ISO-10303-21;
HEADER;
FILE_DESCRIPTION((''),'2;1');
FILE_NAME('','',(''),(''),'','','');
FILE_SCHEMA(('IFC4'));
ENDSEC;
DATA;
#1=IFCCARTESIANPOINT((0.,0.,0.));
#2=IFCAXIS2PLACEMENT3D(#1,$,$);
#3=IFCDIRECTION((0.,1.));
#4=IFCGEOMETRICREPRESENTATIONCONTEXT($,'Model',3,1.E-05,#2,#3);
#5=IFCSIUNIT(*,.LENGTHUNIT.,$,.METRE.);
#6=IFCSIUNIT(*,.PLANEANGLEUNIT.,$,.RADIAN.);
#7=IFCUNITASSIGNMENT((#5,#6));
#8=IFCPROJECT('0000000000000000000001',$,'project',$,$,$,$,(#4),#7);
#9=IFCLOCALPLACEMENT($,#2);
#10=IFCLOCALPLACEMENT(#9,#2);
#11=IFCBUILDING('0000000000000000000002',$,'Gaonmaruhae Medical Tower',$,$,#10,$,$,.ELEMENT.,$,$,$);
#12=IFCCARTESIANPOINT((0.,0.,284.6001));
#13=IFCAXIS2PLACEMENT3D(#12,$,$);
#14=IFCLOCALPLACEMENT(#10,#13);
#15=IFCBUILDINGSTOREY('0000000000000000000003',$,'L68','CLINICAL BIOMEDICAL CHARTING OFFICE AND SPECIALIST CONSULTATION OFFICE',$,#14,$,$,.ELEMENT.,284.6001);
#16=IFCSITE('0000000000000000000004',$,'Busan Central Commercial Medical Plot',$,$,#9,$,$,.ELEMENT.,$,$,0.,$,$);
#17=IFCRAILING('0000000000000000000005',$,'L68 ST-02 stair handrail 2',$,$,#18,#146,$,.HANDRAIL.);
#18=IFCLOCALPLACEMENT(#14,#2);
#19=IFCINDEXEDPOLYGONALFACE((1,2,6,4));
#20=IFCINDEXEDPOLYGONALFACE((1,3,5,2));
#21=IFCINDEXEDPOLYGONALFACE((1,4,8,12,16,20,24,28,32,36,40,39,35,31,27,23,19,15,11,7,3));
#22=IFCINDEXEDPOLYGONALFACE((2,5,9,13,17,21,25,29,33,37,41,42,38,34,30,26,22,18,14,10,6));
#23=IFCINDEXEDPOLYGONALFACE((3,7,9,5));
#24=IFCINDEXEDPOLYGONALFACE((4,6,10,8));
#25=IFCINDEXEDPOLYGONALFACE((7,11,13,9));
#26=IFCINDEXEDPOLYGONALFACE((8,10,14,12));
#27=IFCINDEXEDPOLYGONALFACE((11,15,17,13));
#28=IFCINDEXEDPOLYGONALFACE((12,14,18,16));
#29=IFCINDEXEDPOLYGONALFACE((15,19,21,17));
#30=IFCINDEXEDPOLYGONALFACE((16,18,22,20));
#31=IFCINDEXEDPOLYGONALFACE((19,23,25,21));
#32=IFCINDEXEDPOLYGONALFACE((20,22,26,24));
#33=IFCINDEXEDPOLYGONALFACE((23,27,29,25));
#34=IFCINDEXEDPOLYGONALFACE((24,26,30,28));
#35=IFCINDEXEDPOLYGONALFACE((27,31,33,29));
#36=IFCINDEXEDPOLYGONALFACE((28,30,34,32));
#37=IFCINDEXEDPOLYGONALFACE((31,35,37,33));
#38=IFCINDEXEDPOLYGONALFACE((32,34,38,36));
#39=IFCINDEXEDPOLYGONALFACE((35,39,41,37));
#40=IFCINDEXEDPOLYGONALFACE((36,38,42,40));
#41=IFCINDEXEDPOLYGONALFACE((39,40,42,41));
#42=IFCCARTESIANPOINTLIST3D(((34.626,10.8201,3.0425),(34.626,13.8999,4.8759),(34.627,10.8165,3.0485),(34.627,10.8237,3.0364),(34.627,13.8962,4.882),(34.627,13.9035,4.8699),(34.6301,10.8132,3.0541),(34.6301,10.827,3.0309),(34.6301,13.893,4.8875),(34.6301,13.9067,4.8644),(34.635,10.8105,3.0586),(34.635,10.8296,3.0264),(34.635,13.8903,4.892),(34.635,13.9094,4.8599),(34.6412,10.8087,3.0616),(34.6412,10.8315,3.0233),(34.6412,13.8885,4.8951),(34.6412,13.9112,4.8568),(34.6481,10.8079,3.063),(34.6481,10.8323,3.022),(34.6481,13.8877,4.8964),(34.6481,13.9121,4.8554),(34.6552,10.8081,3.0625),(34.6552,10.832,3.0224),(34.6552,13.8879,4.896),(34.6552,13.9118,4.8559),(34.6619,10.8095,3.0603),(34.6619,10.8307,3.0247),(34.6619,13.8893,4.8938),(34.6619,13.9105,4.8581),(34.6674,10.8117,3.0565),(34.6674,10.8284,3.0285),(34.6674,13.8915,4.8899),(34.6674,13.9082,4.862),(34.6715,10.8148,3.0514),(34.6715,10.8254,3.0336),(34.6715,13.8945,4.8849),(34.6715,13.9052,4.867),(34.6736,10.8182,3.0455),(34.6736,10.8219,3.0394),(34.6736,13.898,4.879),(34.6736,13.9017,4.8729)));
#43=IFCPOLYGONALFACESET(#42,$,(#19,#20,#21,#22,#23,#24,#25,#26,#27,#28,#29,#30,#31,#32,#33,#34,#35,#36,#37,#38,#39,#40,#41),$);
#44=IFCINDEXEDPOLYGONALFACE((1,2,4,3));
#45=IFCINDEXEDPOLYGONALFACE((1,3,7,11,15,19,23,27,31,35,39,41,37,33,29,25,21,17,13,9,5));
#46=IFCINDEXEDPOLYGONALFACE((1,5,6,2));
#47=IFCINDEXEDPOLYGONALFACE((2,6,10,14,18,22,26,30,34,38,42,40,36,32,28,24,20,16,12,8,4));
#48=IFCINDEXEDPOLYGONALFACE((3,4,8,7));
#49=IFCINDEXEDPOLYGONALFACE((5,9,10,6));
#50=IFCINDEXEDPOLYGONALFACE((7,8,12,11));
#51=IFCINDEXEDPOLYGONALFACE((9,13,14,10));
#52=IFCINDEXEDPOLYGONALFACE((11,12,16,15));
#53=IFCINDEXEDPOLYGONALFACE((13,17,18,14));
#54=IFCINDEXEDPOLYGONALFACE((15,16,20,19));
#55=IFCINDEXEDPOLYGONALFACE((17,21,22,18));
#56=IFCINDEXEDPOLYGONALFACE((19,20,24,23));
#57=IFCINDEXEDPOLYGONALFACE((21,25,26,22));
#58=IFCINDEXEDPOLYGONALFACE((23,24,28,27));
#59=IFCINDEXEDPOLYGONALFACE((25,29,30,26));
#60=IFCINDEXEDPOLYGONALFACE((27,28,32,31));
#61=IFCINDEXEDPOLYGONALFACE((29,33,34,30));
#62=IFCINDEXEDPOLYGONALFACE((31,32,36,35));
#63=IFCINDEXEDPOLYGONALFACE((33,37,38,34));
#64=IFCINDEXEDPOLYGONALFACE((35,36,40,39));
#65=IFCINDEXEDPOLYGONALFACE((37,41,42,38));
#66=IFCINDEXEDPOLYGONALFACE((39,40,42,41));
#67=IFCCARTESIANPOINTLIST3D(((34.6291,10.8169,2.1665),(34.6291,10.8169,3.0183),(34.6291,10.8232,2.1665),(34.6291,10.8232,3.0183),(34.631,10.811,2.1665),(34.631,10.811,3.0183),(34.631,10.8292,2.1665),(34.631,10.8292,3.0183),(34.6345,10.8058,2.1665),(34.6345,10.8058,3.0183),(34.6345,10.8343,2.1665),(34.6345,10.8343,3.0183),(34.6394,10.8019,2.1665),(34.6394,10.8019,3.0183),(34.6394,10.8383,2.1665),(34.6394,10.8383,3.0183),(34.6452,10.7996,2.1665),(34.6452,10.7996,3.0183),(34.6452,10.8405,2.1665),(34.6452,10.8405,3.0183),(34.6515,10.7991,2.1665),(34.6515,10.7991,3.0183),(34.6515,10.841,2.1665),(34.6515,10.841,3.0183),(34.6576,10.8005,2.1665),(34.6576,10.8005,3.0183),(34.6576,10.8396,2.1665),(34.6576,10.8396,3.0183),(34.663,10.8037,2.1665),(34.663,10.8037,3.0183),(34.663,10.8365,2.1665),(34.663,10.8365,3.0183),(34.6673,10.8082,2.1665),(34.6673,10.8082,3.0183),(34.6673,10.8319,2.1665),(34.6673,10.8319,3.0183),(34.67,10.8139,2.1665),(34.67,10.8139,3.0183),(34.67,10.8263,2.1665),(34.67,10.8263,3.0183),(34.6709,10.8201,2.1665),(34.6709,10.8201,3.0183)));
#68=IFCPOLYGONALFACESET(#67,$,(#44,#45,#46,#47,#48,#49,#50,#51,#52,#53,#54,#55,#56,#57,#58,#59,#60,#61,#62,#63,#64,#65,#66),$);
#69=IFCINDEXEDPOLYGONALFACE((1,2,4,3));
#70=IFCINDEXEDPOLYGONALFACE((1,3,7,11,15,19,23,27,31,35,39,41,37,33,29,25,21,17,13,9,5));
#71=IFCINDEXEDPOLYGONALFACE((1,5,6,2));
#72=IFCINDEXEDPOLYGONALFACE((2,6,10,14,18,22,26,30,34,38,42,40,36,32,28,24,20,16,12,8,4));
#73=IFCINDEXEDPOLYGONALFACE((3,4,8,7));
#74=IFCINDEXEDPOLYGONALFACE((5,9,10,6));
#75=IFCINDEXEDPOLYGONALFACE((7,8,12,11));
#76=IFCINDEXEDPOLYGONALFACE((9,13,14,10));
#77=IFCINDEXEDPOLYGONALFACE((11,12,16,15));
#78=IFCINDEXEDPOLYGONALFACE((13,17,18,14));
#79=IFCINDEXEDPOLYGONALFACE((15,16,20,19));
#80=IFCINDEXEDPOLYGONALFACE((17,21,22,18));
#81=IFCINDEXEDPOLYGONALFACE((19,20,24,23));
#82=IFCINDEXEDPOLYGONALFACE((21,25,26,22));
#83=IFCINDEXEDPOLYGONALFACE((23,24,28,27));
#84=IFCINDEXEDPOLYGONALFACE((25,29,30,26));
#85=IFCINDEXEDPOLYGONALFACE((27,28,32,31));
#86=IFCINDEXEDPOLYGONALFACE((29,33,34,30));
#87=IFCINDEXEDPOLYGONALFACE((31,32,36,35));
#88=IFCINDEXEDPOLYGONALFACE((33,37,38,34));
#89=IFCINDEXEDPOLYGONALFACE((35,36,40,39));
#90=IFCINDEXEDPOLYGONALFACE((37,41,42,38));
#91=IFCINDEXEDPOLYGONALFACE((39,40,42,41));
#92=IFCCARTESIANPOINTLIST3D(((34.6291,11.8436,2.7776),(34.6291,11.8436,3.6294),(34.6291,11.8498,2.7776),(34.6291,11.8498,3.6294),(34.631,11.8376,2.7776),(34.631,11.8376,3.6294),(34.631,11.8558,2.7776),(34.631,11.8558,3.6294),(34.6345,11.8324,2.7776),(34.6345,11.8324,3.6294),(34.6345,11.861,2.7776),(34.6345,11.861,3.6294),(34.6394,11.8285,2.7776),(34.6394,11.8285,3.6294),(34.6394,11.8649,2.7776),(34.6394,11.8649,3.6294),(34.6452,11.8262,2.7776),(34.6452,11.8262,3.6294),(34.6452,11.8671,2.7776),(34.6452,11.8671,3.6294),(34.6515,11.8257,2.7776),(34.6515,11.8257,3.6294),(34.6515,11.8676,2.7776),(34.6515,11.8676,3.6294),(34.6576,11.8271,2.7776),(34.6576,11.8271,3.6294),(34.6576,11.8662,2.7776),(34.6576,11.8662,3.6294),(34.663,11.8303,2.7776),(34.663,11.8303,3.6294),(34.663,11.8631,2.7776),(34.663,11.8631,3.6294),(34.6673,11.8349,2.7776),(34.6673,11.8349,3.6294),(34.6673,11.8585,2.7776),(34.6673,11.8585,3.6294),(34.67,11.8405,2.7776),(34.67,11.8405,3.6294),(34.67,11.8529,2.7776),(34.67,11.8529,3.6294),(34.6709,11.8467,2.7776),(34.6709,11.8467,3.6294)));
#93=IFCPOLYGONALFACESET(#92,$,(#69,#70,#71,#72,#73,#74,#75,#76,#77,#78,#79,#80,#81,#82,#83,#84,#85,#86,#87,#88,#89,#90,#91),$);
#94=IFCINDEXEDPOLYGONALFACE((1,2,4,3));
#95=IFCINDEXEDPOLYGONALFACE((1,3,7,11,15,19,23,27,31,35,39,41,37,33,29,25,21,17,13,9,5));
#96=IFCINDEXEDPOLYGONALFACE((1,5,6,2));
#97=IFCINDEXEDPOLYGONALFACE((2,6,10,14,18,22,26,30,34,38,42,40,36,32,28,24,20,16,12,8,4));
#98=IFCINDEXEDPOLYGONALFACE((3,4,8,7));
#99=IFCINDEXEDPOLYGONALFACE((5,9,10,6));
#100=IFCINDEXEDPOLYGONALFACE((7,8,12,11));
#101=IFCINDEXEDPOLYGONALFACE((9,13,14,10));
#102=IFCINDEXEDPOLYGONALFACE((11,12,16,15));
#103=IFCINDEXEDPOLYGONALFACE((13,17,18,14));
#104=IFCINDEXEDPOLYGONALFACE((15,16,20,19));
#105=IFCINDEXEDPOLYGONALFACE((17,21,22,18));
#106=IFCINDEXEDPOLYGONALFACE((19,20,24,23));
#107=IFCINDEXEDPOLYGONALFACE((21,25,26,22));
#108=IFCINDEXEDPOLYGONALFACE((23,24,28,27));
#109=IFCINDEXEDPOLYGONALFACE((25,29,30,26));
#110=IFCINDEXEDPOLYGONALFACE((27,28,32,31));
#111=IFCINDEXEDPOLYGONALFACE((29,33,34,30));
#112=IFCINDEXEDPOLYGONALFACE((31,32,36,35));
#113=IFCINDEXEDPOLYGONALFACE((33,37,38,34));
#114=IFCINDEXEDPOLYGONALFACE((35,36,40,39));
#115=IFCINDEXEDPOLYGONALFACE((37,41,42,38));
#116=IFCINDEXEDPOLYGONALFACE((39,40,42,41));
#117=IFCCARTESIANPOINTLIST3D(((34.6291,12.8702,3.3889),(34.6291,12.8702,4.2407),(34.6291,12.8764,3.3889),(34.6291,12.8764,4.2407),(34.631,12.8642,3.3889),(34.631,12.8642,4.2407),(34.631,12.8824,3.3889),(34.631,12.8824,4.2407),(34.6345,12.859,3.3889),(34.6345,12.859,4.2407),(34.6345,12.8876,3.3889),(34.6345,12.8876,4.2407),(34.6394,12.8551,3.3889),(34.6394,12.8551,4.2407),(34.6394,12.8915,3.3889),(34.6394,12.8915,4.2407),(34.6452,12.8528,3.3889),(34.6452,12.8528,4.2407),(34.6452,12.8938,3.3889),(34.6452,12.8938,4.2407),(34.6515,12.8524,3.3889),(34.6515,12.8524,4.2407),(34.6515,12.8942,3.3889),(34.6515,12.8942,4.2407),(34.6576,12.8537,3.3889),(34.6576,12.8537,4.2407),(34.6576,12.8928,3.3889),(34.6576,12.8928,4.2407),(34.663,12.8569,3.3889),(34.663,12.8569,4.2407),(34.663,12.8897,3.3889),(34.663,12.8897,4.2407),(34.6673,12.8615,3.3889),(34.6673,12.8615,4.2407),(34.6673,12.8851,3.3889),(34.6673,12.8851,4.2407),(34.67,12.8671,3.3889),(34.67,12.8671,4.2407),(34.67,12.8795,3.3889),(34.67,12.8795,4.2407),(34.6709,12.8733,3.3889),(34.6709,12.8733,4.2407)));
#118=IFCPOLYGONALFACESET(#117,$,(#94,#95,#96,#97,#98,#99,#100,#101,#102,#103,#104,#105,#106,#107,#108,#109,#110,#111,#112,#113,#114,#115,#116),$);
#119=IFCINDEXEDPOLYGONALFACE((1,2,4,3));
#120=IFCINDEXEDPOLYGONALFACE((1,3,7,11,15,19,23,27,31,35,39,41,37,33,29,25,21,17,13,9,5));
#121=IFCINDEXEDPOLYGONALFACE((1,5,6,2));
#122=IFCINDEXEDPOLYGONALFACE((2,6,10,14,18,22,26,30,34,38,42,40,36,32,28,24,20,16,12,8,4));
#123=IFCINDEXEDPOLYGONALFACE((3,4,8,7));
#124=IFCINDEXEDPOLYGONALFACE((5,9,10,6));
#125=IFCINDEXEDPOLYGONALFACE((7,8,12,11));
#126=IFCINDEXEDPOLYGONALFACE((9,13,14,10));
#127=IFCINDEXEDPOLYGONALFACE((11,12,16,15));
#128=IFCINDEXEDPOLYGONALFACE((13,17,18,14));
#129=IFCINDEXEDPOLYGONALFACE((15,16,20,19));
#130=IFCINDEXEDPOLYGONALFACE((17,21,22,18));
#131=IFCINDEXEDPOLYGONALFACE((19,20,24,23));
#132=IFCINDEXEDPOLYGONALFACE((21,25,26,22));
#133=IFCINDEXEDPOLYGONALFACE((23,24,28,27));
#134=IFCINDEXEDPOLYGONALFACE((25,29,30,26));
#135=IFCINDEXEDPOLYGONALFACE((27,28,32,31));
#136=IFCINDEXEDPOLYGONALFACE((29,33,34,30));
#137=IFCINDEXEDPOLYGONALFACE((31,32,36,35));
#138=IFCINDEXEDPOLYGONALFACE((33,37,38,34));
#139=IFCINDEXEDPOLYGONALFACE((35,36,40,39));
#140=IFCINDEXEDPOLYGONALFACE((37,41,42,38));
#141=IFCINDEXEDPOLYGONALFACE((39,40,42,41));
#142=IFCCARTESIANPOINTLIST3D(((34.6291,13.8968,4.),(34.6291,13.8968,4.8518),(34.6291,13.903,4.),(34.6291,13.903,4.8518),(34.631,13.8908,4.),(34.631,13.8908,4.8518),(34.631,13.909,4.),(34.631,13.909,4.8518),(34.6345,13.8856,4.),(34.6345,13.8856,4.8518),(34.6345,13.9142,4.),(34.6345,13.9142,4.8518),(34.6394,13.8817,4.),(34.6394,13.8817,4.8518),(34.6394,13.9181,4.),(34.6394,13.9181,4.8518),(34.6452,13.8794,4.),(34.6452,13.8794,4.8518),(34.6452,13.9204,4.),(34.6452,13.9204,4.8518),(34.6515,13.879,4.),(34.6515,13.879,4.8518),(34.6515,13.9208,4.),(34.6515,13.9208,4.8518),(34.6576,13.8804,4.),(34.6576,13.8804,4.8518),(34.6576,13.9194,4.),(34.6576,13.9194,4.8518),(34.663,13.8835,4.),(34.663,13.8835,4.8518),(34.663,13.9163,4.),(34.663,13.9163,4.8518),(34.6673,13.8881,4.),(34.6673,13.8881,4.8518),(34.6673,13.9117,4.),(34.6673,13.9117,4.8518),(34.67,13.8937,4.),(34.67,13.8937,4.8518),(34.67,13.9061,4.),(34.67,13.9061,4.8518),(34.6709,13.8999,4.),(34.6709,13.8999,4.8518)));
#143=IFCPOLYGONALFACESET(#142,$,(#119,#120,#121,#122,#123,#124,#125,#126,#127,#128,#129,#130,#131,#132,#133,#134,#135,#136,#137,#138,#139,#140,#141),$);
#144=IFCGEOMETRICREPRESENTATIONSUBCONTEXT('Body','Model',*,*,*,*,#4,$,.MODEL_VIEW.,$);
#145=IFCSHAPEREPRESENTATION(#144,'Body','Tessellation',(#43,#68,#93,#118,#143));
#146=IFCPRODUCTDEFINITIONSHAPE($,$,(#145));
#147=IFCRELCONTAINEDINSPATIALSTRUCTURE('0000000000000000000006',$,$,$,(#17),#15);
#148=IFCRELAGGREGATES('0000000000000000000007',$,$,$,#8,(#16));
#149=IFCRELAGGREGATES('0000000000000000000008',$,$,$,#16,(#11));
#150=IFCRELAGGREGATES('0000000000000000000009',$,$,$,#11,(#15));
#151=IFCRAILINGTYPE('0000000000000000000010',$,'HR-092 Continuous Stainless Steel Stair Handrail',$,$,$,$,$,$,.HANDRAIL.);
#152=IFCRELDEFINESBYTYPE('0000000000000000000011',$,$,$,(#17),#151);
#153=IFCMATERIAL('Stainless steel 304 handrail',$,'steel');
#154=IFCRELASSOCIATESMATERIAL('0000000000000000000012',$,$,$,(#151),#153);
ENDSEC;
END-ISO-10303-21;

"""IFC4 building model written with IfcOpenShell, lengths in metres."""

from ifc_helpers import new_model, si_unit, direction, frame, origin, origin_2d, place, context, subcontext, project, spatial, circle, extrude, material, type_object, element, save


model = new_model("IFC4")

# Units and contexts
model_context = context("Model", 3, precision=1e-05, world=origin(), true_north=direction((0.0, 1.0)))
body_context = subcontext(model_context, "Body", "Model", "MODEL_VIEW")
ifc_project = project(units=[si_unit("LENGTHUNIT", "METRE"), si_unit("PLANEANGLEUNIT", "RADIAN")], contexts=[model_context])

# Site, building, storey
site_placement = place(None, origin())
site = spatial("IfcSite", under=ifc_project, at=site_placement, Name="Busan Central Commercial Medical Plot", CompositionType="ELEMENT", RefElevation=0.0)
building_placement = place(site_placement, origin())
building = spatial("IfcBuilding", under=site, at=building_placement, Name="Gaonmaruhae Medical Tower", CompositionType="ELEMENT")
storey_placement = place(building_placement, frame((0.0, 0.0, 284.6001)))
storey = spatial("IfcBuildingStorey", under=building, at=storey_placement, Name="L68", Description="CLINICAL BIOMEDICAL CHARTING OFFICE AND SPECIALIST CONSULTATION OFFICE", CompositionType="ELEMENT", Elevation=284.6001)

# Railing
ifc_material_1 = material(Name="Stainless steel 304 handrail", Category="steel")
railing_type_1 = type_object("IfcRailingType", Name="HR-092 Continuous Stainless Steel Stair Handrail", PredefinedType="HANDRAIL", material=ifc_material_1)
railing_1_placement = place(storey_placement, frame((34.6499, 10.8201, 2.1665)))
element("IfcRailing", 1, at=railing_1_placement, inside=storey, type_object=railing_type_1, Name="L68 ST-02 stair handrail 2", PredefinedType="HANDRAIL", context=body_context, shape_type="SweptSolid", body=[
    extrude(circle(Radius=0.0239, at=origin_2d()), frame((0.0, 0.0, 0.876), z_axis=(0.0, 0.859261, 0.511538), x_axis=(-1.0, 0.0, 0.0)), (0.0, 0.0, 1.0), 3.5842),
    extrude(circle(Radius=0.021, at=origin_2d()), origin(), (0.0, 0.0, 1.0), 0.8518),
    extrude(circle(Radius=0.021, at=origin_2d()), frame((0.0, 1.0266, 0.6111)), (0.0, 0.0, 1.0), 0.8518),
    extrude(circle(Radius=0.021, at=origin_2d()), frame((0.0, 2.0532, 1.2224)), (0.0, 0.0, 1.0), 0.8518),
    extrude(circle(Radius=0.021, at=origin_2d()), frame((0.0, 3.0798, 1.8335)), (0.0, 0.0, 1.0), 0.8518),
])

save(model, "model.ifc")
